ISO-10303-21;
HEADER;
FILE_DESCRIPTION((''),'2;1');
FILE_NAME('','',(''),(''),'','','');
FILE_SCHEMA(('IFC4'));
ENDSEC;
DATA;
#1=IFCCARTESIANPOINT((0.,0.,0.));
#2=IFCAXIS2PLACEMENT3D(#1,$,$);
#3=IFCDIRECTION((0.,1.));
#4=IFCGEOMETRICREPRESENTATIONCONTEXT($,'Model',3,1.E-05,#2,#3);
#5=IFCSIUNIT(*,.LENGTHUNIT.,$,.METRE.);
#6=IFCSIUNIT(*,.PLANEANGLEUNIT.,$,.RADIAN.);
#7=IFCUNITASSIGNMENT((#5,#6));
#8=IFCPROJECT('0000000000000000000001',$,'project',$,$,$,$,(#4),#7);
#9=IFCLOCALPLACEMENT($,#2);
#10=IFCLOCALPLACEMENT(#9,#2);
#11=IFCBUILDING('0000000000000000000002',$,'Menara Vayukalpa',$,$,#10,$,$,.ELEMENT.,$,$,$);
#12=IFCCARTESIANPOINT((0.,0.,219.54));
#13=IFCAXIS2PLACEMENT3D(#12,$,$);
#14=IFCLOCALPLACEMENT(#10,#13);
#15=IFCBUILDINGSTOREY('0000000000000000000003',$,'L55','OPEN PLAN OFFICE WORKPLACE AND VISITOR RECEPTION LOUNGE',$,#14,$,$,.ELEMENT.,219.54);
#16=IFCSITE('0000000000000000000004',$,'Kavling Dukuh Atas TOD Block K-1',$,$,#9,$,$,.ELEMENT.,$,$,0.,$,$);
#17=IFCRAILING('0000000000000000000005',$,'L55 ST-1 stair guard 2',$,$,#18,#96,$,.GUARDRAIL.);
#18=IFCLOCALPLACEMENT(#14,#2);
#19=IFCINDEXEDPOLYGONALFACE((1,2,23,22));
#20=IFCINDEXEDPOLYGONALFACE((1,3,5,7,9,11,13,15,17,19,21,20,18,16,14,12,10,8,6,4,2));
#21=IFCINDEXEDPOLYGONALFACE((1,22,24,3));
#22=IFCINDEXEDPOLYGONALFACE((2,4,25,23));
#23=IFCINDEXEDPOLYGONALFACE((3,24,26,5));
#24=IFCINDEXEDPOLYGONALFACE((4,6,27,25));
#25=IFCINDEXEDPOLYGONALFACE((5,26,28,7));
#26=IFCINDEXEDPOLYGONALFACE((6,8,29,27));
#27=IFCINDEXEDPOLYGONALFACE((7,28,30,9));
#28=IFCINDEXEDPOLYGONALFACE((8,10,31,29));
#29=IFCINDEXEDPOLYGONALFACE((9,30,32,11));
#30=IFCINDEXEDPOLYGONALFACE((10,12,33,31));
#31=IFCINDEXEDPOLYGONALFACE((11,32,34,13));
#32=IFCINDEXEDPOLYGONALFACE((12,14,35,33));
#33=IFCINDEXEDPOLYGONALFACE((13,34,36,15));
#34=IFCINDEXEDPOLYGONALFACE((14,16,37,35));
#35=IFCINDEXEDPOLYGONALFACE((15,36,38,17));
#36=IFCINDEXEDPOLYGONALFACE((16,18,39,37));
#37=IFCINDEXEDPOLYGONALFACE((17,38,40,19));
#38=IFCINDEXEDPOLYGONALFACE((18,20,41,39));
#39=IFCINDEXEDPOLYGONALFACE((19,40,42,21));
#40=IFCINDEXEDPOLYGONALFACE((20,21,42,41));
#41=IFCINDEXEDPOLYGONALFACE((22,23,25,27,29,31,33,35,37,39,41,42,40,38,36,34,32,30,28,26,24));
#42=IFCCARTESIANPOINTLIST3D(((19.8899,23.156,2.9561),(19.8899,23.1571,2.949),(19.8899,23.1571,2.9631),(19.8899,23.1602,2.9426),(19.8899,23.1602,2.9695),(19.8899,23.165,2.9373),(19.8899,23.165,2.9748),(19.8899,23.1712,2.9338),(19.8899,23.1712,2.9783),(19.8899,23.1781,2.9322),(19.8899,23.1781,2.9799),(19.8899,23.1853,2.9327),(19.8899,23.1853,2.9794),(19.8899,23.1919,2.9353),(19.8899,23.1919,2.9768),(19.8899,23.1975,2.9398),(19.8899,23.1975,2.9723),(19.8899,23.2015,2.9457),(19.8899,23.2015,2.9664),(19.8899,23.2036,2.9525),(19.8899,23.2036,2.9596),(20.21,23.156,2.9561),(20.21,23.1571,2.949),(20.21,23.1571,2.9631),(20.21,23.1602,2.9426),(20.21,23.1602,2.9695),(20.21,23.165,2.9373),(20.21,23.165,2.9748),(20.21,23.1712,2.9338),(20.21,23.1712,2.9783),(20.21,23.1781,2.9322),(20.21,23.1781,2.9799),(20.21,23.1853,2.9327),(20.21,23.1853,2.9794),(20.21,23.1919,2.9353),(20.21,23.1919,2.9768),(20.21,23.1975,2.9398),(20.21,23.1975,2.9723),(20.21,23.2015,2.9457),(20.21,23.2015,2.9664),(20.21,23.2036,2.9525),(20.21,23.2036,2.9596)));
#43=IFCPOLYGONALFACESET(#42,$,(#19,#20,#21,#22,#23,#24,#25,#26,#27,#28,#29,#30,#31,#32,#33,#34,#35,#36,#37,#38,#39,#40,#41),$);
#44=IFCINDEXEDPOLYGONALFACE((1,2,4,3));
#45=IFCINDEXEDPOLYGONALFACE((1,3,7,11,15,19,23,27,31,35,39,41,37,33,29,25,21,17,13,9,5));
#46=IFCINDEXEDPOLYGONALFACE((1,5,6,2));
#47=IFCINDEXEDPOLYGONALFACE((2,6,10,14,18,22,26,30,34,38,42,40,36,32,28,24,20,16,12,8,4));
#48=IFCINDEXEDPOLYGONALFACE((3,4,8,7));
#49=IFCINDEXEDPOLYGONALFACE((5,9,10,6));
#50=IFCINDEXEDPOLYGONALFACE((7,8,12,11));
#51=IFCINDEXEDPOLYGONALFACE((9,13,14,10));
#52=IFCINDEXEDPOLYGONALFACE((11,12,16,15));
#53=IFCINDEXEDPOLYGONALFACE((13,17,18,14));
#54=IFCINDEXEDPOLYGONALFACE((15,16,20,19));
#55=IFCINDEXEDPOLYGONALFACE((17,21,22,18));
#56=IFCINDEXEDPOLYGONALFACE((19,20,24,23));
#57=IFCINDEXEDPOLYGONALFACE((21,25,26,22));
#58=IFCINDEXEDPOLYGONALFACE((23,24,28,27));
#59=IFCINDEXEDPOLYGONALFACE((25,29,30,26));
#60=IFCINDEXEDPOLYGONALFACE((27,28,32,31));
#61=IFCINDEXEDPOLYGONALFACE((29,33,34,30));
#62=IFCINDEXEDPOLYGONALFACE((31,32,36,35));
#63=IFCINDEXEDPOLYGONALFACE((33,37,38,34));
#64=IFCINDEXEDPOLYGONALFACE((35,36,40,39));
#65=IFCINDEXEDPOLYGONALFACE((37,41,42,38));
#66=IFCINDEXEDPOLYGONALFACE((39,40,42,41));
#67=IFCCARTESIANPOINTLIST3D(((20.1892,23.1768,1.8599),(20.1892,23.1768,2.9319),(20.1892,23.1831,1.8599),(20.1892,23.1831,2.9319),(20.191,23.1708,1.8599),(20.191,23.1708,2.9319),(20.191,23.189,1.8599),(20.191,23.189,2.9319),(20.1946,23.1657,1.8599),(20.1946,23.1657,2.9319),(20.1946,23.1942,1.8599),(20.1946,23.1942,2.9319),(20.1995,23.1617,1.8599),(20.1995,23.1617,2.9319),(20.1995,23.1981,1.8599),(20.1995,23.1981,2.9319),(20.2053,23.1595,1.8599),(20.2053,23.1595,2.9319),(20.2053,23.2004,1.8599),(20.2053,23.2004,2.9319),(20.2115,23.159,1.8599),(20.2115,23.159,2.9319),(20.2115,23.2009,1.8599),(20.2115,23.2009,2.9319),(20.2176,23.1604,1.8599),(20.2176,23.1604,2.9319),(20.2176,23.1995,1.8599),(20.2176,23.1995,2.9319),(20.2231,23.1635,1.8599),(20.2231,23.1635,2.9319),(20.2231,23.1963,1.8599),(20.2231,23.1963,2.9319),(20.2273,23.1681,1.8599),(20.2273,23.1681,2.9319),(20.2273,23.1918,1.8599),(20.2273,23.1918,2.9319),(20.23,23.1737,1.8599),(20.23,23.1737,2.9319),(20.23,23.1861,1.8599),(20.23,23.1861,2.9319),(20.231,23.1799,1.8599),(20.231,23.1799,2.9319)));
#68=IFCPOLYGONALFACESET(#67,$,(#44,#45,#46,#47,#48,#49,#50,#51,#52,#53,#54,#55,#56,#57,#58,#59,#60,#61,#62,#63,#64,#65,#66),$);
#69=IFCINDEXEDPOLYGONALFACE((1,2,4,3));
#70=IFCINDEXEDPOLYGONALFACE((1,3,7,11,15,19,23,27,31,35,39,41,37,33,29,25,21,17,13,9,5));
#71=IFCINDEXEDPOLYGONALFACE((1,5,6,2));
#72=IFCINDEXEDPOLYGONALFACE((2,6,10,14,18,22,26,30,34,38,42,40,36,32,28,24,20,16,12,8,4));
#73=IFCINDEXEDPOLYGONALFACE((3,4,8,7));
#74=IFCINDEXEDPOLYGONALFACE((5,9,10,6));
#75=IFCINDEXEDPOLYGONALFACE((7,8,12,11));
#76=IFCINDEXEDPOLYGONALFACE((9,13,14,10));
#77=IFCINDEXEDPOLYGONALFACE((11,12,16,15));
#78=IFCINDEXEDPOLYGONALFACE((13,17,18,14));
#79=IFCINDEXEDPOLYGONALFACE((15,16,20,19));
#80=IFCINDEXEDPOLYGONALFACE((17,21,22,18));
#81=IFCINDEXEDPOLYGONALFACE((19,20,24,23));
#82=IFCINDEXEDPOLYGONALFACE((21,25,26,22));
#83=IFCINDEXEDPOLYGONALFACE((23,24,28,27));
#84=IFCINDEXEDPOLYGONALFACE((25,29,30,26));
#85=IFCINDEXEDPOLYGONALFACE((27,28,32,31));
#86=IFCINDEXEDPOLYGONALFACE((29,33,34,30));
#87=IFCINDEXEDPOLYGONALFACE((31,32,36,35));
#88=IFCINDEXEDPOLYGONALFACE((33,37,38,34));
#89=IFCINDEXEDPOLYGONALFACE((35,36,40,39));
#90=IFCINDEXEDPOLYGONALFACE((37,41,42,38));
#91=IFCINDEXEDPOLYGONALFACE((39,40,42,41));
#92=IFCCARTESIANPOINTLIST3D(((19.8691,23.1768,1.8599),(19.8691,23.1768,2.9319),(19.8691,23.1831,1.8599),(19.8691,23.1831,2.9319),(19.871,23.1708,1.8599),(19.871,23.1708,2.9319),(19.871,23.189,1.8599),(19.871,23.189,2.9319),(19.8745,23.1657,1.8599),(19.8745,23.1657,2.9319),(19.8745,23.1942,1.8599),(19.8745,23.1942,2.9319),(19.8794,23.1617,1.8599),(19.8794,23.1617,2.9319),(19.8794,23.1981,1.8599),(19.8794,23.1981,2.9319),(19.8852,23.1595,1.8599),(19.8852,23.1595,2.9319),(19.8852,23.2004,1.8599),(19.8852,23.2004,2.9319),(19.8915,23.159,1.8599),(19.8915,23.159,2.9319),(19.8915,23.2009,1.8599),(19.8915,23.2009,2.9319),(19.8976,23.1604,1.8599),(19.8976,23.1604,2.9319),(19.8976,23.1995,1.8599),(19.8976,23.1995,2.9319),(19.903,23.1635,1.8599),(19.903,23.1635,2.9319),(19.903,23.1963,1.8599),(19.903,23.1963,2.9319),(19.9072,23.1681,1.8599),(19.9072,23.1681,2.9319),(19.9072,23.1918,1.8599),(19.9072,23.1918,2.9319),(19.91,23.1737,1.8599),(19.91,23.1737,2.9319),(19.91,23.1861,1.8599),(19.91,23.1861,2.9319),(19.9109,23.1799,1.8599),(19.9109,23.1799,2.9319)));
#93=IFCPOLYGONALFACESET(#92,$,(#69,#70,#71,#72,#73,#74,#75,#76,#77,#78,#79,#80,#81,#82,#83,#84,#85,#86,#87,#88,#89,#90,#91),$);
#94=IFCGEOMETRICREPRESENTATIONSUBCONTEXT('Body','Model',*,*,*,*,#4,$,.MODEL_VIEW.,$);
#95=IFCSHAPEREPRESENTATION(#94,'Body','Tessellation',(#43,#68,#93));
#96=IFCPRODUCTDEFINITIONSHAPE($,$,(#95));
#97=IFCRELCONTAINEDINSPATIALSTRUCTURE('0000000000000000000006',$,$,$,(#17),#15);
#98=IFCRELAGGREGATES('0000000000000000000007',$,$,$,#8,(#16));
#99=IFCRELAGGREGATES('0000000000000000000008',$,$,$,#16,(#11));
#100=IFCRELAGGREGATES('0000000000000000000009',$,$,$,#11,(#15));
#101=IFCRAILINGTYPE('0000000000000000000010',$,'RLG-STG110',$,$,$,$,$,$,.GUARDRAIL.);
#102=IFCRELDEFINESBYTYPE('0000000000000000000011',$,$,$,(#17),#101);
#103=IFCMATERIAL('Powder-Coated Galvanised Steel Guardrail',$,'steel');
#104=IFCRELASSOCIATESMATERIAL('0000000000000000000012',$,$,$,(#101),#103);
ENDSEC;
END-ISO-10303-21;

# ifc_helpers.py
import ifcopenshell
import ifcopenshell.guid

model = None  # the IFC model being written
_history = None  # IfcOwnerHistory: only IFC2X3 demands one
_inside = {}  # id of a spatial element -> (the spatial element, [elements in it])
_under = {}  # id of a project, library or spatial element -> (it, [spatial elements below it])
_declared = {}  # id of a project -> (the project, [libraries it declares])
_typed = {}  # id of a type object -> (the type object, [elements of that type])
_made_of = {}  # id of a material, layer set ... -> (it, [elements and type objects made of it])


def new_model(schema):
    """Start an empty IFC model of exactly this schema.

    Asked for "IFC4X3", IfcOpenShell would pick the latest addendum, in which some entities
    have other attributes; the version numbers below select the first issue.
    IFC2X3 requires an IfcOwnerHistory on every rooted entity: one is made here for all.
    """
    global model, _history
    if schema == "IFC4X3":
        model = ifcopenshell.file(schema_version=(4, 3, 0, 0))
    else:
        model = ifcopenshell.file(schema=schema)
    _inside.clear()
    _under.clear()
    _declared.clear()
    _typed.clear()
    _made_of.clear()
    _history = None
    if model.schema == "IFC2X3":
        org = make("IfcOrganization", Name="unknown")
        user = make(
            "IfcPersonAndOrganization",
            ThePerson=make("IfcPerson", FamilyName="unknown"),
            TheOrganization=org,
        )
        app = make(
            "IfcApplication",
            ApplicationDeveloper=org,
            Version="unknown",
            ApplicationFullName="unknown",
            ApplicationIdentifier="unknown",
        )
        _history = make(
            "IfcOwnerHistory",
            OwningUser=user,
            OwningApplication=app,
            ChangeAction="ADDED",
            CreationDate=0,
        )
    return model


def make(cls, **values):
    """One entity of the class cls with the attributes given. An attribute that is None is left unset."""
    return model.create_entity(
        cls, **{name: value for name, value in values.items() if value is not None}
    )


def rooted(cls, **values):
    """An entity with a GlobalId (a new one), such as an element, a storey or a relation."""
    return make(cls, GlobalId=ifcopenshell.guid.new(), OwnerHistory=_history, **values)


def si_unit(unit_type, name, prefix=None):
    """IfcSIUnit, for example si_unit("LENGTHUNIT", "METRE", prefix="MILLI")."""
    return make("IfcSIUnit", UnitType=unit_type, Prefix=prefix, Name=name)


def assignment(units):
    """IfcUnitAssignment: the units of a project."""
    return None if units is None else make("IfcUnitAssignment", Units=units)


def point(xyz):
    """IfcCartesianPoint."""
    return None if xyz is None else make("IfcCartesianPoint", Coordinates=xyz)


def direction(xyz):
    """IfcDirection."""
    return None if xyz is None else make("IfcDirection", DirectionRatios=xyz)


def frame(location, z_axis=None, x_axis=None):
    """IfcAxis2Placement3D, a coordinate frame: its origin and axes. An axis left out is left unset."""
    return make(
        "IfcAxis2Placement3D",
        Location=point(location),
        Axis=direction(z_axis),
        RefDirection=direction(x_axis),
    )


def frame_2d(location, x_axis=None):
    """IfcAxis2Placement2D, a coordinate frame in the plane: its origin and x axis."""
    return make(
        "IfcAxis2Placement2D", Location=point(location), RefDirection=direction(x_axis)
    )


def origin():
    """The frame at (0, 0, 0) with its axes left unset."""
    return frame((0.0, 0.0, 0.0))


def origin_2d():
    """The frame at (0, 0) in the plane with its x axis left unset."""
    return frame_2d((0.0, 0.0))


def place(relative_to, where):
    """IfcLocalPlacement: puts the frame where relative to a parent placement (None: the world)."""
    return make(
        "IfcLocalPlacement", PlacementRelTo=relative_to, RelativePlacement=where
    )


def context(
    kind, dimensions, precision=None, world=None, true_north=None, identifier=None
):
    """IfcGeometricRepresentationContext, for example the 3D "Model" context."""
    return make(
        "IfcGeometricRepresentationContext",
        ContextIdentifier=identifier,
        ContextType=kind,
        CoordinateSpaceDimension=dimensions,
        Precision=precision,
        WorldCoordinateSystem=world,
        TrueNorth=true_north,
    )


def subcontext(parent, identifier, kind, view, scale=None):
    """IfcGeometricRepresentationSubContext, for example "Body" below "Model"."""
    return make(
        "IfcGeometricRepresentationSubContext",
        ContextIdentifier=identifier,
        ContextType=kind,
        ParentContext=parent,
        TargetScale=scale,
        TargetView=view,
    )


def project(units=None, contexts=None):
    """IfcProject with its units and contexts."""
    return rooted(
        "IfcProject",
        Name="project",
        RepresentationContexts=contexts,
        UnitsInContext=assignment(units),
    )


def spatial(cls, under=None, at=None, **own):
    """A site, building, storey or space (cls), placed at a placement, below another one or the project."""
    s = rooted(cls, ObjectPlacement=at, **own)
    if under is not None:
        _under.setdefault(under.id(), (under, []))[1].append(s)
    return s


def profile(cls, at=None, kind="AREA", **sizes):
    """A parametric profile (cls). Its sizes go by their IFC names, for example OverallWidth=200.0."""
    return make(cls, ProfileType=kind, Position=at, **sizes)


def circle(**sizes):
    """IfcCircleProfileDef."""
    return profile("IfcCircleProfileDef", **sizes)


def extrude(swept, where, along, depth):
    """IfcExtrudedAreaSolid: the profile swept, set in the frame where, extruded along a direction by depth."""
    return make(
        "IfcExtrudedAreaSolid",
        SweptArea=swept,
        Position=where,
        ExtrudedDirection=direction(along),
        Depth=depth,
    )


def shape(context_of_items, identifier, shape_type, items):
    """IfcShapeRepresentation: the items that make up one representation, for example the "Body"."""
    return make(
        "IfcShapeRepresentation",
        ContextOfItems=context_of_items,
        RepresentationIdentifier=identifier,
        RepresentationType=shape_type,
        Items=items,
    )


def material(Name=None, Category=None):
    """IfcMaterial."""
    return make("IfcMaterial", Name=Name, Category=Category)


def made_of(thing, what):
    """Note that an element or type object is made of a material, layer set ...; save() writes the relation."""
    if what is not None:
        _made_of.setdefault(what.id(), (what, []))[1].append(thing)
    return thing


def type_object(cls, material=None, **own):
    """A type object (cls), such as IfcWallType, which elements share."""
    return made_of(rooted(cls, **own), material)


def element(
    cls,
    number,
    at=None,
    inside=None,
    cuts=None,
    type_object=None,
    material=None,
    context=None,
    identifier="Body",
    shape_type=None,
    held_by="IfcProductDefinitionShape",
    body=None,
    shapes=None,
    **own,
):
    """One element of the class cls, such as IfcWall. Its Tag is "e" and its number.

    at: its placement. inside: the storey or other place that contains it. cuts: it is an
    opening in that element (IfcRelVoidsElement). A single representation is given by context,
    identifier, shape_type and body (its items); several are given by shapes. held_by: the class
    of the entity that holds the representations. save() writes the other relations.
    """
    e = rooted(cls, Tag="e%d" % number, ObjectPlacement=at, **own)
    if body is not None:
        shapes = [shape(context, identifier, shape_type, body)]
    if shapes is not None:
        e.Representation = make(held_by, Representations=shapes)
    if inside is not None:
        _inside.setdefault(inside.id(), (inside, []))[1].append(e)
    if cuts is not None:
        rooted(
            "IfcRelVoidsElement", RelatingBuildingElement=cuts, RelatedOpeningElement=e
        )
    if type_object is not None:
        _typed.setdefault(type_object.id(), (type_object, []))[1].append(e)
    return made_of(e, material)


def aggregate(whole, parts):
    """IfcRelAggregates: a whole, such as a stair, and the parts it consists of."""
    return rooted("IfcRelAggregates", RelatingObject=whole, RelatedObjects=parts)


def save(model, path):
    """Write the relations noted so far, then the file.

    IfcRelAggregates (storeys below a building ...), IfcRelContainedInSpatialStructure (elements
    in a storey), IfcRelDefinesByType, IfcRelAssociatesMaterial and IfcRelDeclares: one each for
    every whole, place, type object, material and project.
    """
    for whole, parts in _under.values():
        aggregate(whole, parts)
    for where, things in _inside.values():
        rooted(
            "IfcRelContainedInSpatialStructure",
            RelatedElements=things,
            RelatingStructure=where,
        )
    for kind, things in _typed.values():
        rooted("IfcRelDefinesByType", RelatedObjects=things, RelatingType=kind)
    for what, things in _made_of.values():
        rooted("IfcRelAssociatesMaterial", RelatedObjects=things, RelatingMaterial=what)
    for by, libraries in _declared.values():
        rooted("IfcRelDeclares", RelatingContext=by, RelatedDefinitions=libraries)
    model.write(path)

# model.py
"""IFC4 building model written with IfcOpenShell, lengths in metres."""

from ifc_helpers import new_model, si_unit, direction, frame, origin, origin_2d, place, context, subcontext, project, spatial, circle, extrude, material, type_object, element, save


model = new_model("IFC4")

# Units and contexts
model_context = context("Model", 3, precision=1e-05, world=origin(), true_north=direction((0.0, 1.0)))
body_context = subcontext(model_context, "Body", "Model", "MODEL_VIEW")
ifc_project = project(units=[si_unit("LENGTHUNIT", "METRE"), si_unit("PLANEANGLEUNIT", "RADIAN")], contexts=[model_context])

# Site, building, storey
site_placement = place(None, origin())
site = spatial("IfcSite", under=ifc_project, at=site_placement, Name="Kavling Dukuh Atas TOD Block K-1", CompositionType="ELEMENT", RefElevation=0.0)
building_placement = place(site_placement, origin())
building = spatial("IfcBuilding", under=site, at=building_placement, Name="Menara Vayukalpa", CompositionType="ELEMENT")
storey_placement = place(building_placement, frame((0.0, 0.0, 219.54)))
storey = spatial("IfcBuildingStorey", under=building, at=storey_placement, Name="L55", Description="OPEN PLAN OFFICE WORKPLACE AND VISITOR RECEPTION LOUNGE", CompositionType="ELEMENT", Elevation=219.54)

# Railing
ifc_material_1 = material(Name="Powder-Coated Galvanised Steel Guardrail", Category="steel")
railing_type_1 = type_object("IfcRailingType", Name="RLG-STG110", PredefinedType="GUARDRAIL", material=ifc_material_1)
railing_1_placement = place(storey_placement, frame((20.21, 23.1799, 1.8599)))
element("IfcRailing", 1, at=railing_1_placement, inside=storey, type_object=railing_type_1, Name="L55 ST-1 stair guard 2", PredefinedType="GUARDRAIL", context=body_context, shape_type="SweptSolid", body=[
    extrude(circle(Radius=0.0239, at=origin_2d()), frame((0.0, 0.0, 1.0962), z_axis=(-1.0, 0.0, 0.0), x_axis=(0.0, -1.0, 0.0)), (0.0, 0.0, 1.0), 0.3201),
    extrude(circle(Radius=0.021, at=origin_2d()), origin(), (0.0, 0.0, 1.0), 1.072),
    extrude(circle(Radius=0.021, at=origin_2d()), frame((-0.3201, 0.0, 0.0)), (0.0, 0.0, 1.0), 1.072),
])

save(model, "model.ifc")
